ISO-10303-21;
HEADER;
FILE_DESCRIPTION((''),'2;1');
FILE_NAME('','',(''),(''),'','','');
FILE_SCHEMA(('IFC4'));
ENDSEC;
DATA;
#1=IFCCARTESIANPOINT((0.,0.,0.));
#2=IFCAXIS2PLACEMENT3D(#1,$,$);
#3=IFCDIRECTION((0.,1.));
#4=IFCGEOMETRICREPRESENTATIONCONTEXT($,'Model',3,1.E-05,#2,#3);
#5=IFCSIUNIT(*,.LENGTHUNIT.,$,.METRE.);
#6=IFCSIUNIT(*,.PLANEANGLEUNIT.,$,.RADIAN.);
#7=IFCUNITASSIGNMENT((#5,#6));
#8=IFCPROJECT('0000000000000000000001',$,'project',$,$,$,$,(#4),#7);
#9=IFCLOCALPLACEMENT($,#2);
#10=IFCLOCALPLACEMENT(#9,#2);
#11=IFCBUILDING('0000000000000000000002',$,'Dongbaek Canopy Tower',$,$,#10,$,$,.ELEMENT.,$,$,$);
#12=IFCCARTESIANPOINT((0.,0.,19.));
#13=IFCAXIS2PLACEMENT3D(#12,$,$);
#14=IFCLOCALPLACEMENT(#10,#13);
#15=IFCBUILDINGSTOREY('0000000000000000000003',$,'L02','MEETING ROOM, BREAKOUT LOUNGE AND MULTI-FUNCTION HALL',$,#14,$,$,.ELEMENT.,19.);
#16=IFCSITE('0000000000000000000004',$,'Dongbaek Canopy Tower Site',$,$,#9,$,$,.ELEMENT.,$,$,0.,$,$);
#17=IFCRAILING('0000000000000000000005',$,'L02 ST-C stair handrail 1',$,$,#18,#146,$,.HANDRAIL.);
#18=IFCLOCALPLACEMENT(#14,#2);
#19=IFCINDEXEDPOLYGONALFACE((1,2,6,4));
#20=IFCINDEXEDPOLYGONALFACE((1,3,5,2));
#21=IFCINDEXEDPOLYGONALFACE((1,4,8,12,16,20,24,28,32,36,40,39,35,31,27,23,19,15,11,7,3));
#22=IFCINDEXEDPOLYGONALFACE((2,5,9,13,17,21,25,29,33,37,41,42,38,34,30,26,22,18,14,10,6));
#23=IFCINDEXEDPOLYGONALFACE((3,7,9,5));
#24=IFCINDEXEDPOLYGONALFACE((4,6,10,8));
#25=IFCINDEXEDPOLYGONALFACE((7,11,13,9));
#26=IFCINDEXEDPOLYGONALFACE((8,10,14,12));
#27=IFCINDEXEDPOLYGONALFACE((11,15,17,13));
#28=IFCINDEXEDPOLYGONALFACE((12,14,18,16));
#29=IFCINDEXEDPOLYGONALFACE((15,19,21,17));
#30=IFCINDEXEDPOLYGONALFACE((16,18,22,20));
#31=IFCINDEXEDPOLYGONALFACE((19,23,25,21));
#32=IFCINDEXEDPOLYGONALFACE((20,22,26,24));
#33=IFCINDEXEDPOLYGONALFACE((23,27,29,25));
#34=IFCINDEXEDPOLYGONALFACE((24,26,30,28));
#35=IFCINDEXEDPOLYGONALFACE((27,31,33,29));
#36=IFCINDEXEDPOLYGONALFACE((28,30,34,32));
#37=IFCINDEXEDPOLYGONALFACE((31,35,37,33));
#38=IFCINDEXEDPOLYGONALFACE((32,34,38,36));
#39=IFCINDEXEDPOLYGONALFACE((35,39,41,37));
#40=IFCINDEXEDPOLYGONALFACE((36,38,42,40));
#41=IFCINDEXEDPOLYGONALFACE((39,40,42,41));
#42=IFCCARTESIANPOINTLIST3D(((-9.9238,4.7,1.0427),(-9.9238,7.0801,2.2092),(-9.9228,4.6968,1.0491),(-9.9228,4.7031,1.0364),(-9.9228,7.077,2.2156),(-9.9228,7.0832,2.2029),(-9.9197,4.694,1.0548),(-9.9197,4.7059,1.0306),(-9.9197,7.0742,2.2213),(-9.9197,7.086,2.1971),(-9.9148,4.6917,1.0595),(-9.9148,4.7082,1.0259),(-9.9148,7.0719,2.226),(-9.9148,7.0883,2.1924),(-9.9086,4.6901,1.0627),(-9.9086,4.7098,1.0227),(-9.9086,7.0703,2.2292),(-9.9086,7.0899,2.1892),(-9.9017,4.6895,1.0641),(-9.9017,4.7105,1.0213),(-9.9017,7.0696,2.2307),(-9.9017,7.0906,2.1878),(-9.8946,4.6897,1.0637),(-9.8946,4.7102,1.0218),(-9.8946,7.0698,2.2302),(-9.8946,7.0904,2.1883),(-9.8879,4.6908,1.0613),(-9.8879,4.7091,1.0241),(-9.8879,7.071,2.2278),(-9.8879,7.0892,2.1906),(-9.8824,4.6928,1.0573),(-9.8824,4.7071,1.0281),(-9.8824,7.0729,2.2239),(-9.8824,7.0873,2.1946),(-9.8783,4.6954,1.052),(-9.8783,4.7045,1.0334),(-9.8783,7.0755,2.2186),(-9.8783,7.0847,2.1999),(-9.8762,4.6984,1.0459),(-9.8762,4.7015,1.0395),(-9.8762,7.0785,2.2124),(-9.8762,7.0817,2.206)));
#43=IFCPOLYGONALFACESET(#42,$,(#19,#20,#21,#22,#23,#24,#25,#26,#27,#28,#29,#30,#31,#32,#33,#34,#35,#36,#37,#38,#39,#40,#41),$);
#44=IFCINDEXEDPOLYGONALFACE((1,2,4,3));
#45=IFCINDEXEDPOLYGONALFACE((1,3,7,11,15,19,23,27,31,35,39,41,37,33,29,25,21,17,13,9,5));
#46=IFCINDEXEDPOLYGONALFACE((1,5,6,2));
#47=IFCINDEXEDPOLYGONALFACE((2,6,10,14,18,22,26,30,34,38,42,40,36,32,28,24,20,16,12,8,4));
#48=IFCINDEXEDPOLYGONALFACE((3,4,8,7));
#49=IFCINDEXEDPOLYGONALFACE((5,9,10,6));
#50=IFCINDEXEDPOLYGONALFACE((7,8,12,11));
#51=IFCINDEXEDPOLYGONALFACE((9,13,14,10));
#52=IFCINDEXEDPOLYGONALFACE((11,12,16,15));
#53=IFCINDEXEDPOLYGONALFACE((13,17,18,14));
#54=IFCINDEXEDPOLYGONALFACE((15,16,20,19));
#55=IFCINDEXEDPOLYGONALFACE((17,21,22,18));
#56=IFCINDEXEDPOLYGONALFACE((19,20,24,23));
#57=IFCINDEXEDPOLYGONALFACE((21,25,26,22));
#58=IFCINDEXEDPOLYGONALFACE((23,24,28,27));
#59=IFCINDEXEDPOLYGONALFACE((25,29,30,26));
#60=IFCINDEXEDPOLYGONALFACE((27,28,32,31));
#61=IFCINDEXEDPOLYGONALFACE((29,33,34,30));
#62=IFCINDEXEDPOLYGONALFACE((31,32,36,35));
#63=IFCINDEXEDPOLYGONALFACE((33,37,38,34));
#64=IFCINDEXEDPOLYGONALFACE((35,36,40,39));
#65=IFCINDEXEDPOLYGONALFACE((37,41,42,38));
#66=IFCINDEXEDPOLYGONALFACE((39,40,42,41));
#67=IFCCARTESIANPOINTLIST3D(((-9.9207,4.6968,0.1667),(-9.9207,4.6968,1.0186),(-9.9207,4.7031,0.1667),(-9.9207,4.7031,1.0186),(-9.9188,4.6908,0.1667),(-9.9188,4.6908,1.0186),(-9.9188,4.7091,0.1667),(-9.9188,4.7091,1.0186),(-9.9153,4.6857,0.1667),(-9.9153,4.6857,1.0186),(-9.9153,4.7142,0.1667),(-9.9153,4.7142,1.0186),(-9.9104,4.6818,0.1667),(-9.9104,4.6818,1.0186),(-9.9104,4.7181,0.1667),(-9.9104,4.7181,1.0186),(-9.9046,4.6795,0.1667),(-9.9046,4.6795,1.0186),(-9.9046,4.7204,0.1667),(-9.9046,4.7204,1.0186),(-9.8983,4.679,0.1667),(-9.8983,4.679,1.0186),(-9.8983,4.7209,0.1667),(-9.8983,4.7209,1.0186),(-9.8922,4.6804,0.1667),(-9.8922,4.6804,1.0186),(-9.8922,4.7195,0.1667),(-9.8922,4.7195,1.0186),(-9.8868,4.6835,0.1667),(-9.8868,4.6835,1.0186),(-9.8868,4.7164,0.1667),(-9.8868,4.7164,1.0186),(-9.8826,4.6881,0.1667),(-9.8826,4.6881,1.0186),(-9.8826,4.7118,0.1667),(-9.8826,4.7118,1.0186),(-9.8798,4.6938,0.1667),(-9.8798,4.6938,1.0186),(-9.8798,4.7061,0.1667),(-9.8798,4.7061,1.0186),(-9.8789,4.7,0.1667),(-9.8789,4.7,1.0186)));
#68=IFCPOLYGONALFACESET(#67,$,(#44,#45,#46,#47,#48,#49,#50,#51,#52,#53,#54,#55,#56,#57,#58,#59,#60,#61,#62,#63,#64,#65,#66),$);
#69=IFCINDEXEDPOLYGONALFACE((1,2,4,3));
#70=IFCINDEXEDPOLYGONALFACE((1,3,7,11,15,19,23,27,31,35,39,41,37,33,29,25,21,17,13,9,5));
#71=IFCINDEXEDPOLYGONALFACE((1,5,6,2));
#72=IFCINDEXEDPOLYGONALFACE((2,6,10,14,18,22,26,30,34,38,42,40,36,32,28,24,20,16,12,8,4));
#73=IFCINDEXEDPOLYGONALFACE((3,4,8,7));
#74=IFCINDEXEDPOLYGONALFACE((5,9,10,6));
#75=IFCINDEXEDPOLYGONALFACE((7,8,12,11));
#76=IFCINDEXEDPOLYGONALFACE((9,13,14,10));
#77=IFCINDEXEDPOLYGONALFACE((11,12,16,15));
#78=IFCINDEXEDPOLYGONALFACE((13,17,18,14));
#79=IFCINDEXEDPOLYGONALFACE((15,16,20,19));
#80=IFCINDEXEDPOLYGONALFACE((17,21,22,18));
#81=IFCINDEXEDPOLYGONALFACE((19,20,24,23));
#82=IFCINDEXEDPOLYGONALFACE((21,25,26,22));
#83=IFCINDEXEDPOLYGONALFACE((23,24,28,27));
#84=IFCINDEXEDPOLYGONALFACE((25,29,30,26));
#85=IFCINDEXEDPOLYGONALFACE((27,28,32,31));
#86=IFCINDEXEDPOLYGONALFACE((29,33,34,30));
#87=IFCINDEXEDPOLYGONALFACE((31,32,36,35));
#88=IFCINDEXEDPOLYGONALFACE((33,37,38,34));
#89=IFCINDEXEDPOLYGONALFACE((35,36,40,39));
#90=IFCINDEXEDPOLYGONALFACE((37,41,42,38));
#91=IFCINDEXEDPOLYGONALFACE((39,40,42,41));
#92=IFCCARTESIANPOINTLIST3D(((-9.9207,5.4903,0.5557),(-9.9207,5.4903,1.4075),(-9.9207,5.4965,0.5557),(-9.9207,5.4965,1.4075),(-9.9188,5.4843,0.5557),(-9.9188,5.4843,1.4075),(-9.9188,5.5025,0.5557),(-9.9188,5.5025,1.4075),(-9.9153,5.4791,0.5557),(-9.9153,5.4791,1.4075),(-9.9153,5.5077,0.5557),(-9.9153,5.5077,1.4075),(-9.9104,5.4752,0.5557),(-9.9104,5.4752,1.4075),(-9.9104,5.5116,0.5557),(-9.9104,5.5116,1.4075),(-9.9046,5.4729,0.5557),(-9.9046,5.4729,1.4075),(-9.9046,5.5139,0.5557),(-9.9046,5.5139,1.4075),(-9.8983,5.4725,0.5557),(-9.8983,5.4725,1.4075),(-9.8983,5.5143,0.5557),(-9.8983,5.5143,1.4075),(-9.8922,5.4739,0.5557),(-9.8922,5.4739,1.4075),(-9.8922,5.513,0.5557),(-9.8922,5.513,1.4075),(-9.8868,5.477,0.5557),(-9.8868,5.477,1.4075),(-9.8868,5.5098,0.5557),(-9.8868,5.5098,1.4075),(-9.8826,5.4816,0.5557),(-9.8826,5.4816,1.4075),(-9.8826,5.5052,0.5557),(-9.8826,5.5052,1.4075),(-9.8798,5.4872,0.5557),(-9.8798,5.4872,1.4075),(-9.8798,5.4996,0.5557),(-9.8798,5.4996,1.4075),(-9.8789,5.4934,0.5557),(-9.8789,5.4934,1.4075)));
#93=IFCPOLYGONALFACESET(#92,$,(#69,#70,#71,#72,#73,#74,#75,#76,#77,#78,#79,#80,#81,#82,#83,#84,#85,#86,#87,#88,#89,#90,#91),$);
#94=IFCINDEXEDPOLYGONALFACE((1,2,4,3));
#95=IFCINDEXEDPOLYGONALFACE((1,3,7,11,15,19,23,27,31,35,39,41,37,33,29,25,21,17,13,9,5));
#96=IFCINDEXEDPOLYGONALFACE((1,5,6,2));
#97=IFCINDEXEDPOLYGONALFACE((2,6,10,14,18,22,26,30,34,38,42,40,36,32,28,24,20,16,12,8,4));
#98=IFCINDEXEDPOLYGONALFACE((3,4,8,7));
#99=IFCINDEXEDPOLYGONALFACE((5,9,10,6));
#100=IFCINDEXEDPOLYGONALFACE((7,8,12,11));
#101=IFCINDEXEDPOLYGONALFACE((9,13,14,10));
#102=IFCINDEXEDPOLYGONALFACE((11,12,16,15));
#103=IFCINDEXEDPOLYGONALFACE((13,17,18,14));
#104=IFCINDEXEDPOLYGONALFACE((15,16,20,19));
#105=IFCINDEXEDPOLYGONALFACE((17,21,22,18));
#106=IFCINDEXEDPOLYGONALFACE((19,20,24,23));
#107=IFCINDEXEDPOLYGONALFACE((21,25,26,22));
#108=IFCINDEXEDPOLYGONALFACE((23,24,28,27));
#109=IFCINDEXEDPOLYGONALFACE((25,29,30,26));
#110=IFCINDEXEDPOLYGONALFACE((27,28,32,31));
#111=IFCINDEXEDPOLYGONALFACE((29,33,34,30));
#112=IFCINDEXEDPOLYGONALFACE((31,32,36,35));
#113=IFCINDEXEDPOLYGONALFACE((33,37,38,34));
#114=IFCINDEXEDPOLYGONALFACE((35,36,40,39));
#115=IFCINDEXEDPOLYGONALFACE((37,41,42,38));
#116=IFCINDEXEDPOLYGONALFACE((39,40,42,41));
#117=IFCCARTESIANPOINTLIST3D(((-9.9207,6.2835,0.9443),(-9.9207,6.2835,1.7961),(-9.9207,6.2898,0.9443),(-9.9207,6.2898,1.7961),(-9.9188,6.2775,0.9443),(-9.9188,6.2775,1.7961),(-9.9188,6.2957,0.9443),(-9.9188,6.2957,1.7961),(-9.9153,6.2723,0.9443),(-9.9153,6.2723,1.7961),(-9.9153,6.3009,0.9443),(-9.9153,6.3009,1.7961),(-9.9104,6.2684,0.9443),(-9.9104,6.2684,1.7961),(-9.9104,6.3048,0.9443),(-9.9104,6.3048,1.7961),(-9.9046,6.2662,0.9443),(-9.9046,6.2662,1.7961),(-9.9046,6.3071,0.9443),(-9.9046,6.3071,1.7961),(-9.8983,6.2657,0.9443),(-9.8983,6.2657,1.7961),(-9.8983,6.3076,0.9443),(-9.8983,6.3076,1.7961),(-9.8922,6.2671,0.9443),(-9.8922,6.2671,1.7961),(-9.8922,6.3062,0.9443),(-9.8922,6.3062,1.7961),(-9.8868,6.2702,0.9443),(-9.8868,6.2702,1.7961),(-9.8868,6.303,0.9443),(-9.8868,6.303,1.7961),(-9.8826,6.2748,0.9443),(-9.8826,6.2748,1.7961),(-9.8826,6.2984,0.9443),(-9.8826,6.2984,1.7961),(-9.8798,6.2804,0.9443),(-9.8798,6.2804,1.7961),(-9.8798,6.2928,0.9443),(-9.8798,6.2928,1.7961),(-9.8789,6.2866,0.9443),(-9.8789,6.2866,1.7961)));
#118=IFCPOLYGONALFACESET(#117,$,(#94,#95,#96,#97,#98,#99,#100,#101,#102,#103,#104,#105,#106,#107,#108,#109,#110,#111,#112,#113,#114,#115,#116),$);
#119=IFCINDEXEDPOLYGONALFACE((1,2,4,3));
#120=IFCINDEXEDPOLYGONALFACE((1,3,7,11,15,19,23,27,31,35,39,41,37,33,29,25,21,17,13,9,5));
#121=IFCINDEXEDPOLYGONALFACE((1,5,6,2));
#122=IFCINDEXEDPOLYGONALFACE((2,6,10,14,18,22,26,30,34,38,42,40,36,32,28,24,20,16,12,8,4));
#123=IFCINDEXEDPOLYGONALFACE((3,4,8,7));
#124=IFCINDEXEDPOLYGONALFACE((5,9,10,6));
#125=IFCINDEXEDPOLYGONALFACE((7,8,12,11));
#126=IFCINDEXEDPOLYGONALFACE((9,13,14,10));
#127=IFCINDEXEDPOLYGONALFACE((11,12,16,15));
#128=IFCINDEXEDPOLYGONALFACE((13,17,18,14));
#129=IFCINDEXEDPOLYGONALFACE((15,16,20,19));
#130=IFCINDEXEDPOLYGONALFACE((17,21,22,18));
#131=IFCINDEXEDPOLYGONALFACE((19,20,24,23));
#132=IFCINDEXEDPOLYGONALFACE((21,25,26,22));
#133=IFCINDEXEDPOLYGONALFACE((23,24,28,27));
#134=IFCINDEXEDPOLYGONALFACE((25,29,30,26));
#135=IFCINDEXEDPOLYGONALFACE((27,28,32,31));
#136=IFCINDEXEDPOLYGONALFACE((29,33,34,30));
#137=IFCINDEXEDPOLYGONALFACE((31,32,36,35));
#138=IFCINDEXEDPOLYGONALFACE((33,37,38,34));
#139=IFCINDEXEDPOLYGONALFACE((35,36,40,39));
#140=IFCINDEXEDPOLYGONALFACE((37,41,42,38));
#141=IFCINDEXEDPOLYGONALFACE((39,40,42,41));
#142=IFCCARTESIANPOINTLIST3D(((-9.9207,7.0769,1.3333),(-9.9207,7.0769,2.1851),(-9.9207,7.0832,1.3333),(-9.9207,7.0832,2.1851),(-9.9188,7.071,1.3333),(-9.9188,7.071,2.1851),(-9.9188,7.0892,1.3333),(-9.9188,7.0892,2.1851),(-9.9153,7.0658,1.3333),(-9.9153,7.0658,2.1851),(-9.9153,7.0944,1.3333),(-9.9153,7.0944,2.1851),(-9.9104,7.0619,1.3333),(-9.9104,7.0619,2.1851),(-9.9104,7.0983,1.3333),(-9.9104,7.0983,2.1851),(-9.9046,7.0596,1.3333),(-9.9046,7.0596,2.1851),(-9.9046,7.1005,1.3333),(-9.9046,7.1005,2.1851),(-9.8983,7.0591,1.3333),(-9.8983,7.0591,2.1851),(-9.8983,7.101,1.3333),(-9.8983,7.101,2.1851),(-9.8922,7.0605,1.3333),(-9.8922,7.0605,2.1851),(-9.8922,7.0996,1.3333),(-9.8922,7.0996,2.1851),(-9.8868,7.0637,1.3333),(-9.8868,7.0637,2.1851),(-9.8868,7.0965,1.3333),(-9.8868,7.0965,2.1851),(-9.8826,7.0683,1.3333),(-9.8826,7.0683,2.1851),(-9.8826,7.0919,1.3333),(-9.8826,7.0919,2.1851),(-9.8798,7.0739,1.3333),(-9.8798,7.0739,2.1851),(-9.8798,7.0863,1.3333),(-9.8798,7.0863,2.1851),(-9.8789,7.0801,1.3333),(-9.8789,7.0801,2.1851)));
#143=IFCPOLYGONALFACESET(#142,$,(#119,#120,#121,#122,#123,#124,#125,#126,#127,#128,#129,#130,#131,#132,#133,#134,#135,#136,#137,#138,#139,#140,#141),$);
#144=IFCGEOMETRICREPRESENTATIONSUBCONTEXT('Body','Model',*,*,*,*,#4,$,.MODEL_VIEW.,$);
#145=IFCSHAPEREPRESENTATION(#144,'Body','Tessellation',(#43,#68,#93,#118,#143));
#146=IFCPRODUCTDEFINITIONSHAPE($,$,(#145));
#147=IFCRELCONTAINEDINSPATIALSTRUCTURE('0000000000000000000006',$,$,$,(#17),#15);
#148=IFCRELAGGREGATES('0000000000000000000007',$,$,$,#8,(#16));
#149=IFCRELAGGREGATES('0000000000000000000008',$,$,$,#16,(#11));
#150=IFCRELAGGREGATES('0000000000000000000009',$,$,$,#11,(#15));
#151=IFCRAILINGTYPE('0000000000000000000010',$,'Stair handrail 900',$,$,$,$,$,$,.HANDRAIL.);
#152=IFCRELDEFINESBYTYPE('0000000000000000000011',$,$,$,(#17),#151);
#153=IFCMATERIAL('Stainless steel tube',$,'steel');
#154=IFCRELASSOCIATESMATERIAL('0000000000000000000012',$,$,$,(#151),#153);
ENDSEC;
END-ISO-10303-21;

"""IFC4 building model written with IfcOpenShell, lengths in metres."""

from ifc_helpers import new_model, si_unit, direction, frame, origin, origin_2d, place, context, subcontext, project, spatial, circle, extrude, material, type_object, element, save


model = new_model("IFC4")

# Units and contexts
model_context = context("Model", 3, precision=1e-05, world=origin(), true_north=direction((0.0, 1.0)))
body_context = subcontext(model_context, "Body", "Model", "MODEL_VIEW")
ifc_project = project(units=[si_unit("LENGTHUNIT", "METRE"), si_unit("PLANEANGLEUNIT", "RADIAN")], contexts=[model_context])

# Site, building, storey
site_placement = place(None, origin())
site = spatial("IfcSite", under=ifc_project, at=site_placement, Name="Dongbaek Canopy Tower Site", CompositionType="ELEMENT", RefElevation=0.0)
building_placement = place(site_placement, origin())
building = spatial("IfcBuilding", under=site, at=building_placement, Name="Dongbaek Canopy Tower", CompositionType="ELEMENT")
storey_placement = place(building_placement, frame((0.0, 0.0, 19.0)))
storey = spatial("IfcBuildingStorey", under=building, at=storey_placement, Name="L02", Description="MEETING ROOM, BREAKOUT LOUNGE AND MULTI-FUNCTION HALL", CompositionType="ELEMENT", Elevation=19.0)

# Railing
ifc_material_1 = material(Name="Stainless steel tube", Category="steel")
railing_type_1 = type_object("IfcRailingType", Name="Stair handrail 900", PredefinedType="HANDRAIL", material=ifc_material_1)
railing_1_placement = place(storey_placement, frame((-9.8999, 4.7, 0.1667)))
element("IfcRailing", 1, at=railing_1_placement, inside=storey, type_object=railing_type_1, Name="L02 ST-C stair handrail 1", PredefinedType="HANDRAIL", context=body_context, shape_type="SweptSolid", body=[
    extrude(circle(Radius=0.0239, at=origin_2d()), frame((0.0, 0.0, 0.876), z_axis=(0.0, 0.897954, 0.440089), x_axis=(-1.0, 0.0, 0.0)), (0.0, 0.0, 1.0), 2.6506),
    extrude(circle(Radius=0.021, at=origin_2d()), origin(), (0.0, 0.0, 1.0), 0.8518),
    extrude(circle(Radius=0.021, at=origin_2d()), frame((0.0, 0.7935, 0.3889)), (0.0, 0.0, 1.0), 0.8518),
    extrude(circle(Radius=0.021, at=origin_2d()), frame((0.0, 1.5867, 0.7776)), (0.0, 0.0, 1.0), 0.8518),
    extrude(circle(Radius=0.021, at=origin_2d()), frame((0.0, 2.3801, 1.1665)), (0.0, 0.0, 1.0), 0.8518),
])

save(model, "model.ifc")
